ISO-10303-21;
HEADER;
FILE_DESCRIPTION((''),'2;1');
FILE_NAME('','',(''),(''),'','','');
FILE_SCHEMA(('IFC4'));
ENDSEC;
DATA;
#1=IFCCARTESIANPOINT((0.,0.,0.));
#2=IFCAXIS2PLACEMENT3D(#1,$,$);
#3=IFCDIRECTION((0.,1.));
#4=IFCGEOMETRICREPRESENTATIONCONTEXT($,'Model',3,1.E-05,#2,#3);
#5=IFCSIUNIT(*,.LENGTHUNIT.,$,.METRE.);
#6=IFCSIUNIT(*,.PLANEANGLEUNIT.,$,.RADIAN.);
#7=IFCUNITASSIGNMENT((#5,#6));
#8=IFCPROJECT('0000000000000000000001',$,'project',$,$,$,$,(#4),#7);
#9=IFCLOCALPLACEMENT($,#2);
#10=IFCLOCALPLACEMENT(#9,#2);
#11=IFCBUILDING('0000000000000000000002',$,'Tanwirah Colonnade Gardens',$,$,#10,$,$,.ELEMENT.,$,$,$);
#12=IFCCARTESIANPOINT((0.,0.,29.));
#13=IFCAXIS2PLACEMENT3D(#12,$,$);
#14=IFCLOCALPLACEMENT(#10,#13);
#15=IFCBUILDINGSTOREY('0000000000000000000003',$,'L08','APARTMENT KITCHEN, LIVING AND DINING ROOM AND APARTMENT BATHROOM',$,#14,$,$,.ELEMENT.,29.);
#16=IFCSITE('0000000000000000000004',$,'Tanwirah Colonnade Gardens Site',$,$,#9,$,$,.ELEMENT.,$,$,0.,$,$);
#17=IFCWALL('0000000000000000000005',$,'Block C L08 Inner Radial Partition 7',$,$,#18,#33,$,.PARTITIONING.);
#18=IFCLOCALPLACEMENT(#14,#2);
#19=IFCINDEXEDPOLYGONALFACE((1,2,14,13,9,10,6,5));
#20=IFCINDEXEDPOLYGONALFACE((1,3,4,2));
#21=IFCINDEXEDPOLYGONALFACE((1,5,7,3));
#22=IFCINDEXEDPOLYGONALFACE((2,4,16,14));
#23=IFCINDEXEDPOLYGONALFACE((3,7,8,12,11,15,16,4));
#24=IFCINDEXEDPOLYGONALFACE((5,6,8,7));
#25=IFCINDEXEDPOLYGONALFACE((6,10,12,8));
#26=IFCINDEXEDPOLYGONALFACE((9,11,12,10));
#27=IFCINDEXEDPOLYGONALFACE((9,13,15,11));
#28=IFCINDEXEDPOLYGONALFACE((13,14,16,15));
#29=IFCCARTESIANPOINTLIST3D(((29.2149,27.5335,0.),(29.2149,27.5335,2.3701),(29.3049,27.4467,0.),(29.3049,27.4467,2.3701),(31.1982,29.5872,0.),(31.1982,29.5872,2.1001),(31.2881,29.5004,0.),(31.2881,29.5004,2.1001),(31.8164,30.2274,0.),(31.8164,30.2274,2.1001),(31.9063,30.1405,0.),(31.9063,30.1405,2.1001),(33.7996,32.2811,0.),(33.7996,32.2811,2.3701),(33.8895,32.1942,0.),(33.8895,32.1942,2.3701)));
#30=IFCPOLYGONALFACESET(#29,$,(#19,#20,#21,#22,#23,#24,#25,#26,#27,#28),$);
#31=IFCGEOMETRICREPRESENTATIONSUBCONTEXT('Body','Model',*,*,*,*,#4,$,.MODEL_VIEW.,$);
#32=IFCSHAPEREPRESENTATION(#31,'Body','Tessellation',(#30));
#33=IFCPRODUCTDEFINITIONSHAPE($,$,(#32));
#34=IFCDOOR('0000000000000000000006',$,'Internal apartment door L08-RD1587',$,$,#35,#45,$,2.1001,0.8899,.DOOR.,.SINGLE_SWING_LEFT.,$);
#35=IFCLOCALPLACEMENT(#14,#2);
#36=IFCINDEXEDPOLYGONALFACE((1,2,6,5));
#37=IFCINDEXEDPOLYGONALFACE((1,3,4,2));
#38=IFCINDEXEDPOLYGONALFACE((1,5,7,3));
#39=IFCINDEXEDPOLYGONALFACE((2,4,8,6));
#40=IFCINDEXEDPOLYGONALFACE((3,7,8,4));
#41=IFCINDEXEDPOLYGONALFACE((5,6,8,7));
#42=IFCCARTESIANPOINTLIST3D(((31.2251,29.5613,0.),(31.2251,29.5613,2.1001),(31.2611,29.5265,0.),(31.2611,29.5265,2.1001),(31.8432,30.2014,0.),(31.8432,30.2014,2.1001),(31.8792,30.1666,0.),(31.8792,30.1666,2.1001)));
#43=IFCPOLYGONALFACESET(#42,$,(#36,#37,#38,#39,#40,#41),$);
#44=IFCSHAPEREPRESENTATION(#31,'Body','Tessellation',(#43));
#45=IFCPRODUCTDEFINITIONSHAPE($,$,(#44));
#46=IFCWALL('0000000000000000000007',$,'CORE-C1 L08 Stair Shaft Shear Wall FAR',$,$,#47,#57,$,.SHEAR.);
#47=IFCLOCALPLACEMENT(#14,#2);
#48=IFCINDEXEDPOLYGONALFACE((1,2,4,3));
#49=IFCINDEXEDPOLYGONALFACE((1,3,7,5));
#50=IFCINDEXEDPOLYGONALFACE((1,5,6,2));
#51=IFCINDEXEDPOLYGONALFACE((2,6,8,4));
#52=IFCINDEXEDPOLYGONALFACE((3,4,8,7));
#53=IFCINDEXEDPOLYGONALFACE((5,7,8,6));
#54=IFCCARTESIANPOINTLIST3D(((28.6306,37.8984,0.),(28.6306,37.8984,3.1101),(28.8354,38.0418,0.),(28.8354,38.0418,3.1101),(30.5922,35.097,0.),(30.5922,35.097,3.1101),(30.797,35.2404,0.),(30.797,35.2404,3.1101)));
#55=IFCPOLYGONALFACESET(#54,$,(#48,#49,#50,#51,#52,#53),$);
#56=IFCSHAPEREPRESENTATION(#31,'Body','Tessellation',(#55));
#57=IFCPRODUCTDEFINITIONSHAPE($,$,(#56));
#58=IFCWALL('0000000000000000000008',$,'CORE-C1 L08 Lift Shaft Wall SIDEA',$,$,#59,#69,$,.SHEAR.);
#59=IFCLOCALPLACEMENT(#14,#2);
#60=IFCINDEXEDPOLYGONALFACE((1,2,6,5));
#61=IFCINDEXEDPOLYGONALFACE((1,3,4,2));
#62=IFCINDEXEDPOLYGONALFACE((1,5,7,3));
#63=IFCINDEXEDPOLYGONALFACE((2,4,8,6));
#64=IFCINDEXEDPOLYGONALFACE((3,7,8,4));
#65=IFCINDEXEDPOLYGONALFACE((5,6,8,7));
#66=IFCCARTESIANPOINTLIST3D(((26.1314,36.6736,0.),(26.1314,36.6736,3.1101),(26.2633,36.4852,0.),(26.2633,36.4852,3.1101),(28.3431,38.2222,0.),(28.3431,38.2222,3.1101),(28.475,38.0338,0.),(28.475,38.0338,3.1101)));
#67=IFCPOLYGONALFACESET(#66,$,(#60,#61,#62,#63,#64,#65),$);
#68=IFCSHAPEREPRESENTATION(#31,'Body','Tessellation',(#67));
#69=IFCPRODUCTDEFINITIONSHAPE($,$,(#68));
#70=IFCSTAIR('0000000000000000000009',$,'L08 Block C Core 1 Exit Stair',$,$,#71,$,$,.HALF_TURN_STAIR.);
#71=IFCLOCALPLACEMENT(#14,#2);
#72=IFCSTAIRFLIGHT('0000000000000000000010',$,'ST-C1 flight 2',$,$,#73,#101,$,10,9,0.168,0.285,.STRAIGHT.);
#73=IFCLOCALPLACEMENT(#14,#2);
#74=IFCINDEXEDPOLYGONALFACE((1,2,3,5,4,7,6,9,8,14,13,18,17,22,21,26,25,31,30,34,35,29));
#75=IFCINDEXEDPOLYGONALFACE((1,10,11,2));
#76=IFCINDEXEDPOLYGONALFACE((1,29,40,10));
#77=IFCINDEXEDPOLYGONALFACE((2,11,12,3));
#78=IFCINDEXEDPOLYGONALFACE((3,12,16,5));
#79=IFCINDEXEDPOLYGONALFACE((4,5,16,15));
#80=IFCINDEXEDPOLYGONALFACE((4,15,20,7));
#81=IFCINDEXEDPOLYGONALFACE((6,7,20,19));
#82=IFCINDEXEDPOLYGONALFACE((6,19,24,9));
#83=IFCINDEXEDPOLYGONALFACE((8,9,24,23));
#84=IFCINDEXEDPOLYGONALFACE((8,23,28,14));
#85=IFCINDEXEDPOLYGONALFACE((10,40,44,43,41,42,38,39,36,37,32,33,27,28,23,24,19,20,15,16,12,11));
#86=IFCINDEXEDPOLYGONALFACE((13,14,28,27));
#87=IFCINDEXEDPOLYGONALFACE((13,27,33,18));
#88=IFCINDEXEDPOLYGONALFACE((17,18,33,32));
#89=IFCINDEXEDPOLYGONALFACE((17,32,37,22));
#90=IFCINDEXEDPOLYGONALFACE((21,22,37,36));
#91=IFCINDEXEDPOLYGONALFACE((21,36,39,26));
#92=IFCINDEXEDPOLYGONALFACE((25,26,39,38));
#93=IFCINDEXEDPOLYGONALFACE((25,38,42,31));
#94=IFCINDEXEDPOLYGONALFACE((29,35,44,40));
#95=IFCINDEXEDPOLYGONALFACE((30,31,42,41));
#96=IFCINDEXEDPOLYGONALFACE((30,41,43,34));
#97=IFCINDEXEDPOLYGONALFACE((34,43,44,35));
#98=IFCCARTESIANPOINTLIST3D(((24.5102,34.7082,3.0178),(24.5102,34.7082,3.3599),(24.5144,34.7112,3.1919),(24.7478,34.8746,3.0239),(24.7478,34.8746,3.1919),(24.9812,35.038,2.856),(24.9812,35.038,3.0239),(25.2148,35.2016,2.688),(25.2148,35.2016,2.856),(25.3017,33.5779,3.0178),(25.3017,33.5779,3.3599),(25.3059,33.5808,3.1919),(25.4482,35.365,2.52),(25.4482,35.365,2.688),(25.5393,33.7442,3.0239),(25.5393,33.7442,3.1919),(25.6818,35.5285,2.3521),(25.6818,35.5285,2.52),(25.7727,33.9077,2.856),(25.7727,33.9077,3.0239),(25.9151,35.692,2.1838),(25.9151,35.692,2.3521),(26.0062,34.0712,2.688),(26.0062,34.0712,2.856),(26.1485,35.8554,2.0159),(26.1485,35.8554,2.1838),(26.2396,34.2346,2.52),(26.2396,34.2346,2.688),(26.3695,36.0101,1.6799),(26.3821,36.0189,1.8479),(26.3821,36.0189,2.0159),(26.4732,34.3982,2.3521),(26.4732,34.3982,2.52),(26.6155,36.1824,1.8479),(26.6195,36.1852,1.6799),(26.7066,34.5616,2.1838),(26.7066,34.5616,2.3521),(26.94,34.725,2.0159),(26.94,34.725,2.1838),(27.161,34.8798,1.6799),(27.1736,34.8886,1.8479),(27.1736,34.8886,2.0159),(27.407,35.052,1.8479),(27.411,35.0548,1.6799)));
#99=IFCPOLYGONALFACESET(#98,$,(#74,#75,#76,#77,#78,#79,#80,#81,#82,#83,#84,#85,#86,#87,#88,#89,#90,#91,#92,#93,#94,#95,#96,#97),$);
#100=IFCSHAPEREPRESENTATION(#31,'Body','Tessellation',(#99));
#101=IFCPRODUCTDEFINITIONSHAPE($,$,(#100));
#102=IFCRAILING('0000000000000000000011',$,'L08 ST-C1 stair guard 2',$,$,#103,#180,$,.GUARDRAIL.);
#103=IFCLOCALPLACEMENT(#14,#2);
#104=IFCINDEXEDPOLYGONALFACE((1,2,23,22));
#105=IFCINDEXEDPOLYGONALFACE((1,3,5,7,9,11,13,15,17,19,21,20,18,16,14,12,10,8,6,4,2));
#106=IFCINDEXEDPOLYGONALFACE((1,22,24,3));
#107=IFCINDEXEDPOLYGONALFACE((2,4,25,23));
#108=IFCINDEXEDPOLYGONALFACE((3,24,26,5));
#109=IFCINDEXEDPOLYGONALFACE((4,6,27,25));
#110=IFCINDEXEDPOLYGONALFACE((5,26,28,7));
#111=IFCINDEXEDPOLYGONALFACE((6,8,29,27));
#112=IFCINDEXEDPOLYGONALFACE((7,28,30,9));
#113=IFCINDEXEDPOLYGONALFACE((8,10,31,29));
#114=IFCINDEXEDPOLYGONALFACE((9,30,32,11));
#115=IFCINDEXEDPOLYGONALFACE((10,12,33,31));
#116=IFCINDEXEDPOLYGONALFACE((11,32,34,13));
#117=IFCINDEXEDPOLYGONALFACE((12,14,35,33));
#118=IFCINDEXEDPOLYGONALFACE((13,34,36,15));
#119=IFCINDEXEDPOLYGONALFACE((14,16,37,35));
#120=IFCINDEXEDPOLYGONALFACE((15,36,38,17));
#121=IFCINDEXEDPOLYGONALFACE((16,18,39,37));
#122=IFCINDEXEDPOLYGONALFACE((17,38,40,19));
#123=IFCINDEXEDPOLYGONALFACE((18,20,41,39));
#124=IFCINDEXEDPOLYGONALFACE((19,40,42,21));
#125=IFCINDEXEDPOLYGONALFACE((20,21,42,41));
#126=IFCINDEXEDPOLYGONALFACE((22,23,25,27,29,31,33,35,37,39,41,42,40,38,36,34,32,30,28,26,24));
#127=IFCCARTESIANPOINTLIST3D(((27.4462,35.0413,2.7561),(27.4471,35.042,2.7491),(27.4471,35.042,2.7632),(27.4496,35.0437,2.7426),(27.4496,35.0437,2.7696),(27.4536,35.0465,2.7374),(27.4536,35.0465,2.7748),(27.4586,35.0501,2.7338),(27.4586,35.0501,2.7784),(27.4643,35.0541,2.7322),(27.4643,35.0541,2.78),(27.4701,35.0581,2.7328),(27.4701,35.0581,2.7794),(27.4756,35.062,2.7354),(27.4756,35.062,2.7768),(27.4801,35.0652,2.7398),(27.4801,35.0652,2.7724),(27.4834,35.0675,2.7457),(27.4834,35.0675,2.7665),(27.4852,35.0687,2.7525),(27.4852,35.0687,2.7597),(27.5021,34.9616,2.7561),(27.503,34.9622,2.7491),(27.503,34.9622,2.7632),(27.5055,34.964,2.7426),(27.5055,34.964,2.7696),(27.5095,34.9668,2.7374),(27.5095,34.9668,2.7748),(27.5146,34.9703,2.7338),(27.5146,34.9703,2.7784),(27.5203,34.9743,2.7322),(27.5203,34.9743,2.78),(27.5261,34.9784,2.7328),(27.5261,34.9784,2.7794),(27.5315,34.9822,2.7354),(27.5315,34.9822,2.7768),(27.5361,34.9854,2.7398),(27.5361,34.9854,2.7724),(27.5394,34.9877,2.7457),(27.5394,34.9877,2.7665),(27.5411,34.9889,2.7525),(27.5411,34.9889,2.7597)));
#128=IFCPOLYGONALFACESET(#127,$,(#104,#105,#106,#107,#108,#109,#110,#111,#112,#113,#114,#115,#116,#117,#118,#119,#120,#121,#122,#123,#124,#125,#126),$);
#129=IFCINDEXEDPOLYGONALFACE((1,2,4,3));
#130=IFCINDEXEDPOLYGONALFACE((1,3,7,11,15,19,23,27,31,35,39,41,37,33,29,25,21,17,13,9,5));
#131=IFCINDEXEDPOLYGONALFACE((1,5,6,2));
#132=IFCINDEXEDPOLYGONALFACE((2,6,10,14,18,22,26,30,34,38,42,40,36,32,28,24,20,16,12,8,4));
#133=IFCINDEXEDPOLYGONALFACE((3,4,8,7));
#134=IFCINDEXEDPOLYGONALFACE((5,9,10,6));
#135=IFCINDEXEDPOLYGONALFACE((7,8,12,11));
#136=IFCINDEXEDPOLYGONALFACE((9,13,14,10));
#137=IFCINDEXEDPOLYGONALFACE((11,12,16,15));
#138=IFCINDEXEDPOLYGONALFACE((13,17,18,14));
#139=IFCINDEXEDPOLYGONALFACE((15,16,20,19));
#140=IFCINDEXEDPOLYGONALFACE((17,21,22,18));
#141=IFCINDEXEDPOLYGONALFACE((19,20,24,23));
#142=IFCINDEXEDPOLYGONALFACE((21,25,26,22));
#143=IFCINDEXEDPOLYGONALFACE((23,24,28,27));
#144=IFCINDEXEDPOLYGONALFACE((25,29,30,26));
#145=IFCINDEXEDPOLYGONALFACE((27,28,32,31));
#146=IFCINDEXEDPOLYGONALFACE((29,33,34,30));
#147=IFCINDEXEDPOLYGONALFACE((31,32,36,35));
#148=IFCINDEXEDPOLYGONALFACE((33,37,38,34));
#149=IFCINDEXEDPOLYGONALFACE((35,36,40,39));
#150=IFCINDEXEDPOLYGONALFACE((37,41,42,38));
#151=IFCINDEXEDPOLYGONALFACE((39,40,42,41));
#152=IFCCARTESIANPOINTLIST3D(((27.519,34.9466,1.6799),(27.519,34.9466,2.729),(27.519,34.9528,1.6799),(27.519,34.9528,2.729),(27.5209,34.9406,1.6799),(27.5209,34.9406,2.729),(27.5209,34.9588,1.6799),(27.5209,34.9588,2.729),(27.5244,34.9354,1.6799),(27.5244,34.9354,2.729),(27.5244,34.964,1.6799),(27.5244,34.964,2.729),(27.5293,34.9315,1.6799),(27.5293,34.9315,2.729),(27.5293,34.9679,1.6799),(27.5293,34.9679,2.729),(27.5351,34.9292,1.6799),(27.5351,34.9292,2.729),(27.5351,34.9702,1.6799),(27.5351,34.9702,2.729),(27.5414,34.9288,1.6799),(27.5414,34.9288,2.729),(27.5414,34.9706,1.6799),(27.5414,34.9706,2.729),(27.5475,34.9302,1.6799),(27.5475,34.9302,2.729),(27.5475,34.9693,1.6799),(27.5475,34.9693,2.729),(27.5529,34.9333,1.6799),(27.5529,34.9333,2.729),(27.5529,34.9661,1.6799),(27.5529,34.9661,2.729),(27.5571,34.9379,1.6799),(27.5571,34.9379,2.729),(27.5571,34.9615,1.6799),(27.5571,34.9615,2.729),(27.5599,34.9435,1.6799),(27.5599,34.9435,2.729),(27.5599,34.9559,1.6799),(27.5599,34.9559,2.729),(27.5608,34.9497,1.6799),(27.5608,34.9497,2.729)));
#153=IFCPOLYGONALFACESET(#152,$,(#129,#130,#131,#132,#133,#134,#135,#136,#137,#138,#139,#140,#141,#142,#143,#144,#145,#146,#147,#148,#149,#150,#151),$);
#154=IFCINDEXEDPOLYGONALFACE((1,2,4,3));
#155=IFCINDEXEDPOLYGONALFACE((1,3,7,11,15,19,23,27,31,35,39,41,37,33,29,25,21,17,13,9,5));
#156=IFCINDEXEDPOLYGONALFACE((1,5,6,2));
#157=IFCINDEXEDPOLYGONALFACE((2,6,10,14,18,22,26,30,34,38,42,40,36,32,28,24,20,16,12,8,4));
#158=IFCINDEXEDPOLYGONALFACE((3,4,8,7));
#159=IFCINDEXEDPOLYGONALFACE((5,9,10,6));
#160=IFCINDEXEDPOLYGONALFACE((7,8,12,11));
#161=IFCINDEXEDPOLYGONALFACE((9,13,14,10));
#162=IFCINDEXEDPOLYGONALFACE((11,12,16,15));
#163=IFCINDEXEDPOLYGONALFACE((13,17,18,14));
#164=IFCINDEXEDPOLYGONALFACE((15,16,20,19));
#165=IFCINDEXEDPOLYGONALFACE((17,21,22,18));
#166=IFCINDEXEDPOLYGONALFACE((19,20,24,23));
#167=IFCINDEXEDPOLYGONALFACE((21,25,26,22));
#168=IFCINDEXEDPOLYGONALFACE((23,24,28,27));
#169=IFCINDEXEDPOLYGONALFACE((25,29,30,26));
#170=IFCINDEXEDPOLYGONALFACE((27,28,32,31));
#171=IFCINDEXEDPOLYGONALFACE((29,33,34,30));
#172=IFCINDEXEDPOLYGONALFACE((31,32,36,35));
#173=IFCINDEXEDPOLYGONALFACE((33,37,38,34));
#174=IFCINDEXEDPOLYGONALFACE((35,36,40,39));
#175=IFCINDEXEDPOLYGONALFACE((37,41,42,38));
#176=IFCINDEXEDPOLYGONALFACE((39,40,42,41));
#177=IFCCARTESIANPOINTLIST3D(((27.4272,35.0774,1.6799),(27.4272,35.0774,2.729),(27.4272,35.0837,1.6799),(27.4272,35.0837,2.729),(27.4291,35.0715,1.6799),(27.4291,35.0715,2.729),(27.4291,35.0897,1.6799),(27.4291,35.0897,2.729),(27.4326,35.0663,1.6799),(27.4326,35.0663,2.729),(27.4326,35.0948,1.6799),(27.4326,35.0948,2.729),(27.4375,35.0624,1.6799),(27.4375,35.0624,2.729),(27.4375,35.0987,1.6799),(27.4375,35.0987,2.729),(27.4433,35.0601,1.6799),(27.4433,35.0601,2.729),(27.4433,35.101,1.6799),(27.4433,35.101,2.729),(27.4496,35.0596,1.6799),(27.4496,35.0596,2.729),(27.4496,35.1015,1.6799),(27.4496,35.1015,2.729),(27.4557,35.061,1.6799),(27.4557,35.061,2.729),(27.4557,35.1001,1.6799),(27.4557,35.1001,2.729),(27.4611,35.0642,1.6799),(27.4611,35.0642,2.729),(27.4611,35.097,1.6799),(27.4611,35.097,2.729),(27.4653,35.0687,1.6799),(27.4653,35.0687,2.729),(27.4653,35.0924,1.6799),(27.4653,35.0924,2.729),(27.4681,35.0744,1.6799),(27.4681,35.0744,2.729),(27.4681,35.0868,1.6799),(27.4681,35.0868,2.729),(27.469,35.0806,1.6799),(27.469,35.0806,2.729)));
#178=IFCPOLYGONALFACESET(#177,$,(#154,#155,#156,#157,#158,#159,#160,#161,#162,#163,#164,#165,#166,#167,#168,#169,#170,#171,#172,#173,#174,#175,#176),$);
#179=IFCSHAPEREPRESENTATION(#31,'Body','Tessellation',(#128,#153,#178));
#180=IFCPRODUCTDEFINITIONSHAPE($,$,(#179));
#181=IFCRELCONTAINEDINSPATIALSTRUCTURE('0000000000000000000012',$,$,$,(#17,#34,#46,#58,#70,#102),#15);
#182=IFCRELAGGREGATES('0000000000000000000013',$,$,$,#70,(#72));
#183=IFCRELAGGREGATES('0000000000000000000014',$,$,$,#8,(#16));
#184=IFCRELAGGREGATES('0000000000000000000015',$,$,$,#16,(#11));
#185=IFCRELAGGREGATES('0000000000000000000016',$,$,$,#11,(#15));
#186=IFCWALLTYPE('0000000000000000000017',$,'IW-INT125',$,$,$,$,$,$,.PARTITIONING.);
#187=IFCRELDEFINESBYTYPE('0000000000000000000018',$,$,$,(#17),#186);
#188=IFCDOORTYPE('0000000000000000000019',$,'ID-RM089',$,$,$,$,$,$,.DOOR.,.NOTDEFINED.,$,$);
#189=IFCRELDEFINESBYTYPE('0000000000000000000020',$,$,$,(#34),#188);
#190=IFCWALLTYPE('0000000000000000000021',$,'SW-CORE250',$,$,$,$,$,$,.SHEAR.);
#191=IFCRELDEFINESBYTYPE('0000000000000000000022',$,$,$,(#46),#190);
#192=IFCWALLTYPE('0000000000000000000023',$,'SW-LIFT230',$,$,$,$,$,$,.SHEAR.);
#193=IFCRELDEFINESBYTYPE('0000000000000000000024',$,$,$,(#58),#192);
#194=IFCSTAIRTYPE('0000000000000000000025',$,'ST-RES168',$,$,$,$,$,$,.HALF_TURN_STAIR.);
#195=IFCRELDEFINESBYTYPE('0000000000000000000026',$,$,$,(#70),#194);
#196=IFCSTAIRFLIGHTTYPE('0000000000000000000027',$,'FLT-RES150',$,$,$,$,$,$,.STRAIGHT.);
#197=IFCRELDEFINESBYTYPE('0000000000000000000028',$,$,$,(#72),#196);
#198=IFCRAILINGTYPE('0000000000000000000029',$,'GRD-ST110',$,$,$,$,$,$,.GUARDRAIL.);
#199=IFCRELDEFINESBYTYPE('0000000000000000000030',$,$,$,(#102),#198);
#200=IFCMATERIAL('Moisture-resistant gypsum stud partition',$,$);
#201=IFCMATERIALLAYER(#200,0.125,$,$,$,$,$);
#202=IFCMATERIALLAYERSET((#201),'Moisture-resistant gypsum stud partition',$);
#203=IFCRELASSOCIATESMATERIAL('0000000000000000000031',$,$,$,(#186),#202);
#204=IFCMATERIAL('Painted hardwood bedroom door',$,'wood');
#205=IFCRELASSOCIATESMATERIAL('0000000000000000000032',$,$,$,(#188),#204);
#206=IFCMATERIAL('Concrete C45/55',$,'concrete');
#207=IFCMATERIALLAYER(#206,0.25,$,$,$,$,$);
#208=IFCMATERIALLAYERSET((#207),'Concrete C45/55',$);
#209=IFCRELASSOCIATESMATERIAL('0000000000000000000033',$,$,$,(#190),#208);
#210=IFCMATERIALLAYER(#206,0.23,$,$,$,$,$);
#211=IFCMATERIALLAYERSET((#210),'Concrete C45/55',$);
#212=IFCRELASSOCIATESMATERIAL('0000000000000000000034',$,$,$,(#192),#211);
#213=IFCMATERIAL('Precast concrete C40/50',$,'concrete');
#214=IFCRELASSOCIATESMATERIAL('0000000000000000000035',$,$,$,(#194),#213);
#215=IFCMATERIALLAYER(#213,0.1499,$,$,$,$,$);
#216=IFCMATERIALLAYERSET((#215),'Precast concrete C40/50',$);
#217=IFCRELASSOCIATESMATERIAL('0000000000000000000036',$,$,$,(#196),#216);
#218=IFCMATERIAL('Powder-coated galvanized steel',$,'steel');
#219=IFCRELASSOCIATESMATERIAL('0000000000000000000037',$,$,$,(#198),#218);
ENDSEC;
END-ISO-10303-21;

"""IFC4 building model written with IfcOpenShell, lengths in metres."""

from ifc_helpers import new_model, si_unit, direction, frame, frame_2d, origin, origin_2d, place, context, subcontext, project, spatial, polyline, rectangle, circle, outline, extrude, material, layer, layer_set, type_object, element, fill, aggregate, save


model = new_model("IFC4")

# Units and contexts
model_context = context("Model", 3, precision=1e-05, world=origin(), true_north=direction((0.0, 1.0)))
body_context = subcontext(model_context, "Body", "Model", "MODEL_VIEW")
ifc_project = project(units=[si_unit("LENGTHUNIT", "METRE"), si_unit("PLANEANGLEUNIT", "RADIAN")], contexts=[model_context])

# Site, building, storey
site_placement = place(None, origin())
site = spatial("IfcSite", under=ifc_project, at=site_placement, Name="Tanwirah Colonnade Gardens Site", CompositionType="ELEMENT", RefElevation=0.0)
building_placement = place(site_placement, origin())
building = spatial("IfcBuilding", under=site, at=building_placement, Name="Tanwirah Colonnade Gardens", CompositionType="ELEMENT")
storey_placement = place(building_placement, frame((0.0, 0.0, 29.0)))
storey = spatial("IfcBuildingStorey", under=building, at=storey_placement, Name="L08", Description="APARTMENT KITCHEN, LIVING AND DINING ROOM AND APARTMENT BATHROOM", CompositionType="ELEMENT", Elevation=29.0)

# Shared definitions
ifc_material_1 = material(Name="Precast concrete C40/50", Category="concrete")

# Wall, opening, door
ifc_material_2 = material(Name="Moisture-resistant gypsum stud partition")
ifc_layer_1 = layer(ifc_material_2, 0.125)
ifc_layer_set_1 = layer_set([ifc_layer_1], Name="Moisture-resistant gypsum stud partition")
wall_type_1 = type_object("IfcWallType", Name="IW-INT125", PredefinedType="PARTITIONING", material=ifc_layer_set_1)
wall_1_placement = place(storey_placement, frame((33.8445, 32.2375, 0.0), z_axis=(0.0, 0.0, 1.0), x_axis=(-0.694663, -0.719336, 0.0)))
wall_1 = element("IfcWall", 1, at=wall_1_placement, inside=storey, type_object=wall_type_1, Name="Block C L08 Inner Radial Partition 7", PredefinedType="PARTITIONING", context=body_context, shape_type="SweptSolid", body=[
    extrude(rectangle(XDim=6.5999, YDim=0.125, at=frame_2d((3.2998, 0.0))), origin(), (0.0, 0.0, 1.0), 2.3701),
])
opening_1_placement = place(wall_1_placement, frame((2.855, 0.0, 0.0)))
opening_1 = element("IfcOpeningElement", 2, at=opening_1_placement, cuts=wall_1, PredefinedType="OPENING", context=body_context, shape_type="SweptSolid", body=[
    extrude(rectangle(XDim=0.8899, YDim=2.1001, at=frame_2d((0.4448, 1.05))), frame((0.0, 0.0725, 0.0), z_axis=(0.0, -1.0, 0.0), x_axis=(1.0, 0.0, 0.0)), (0.0, 0.0, 1.0), 0.145),
])
ifc_material_3 = material(Name="Painted hardwood bedroom door", Category="wood")
door_type_1 = type_object("IfcDoorType", Name="ID-RM089", OperationType="NOTDEFINED", PredefinedType="DOOR", material=ifc_material_3)
door_1_placement = place(opening_1_placement, origin())
door_1 = element("IfcDoor", 3, at=door_1_placement, inside=storey, type_object=door_type_1, Name="Internal apartment door L08-RD1587", OperationType="SINGLE_SWING_LEFT", OverallHeight=2.1001, OverallWidth=0.8899, PredefinedType="DOOR", context=body_context, shape_type="SweptSolid", body=[
    extrude(rectangle(XDim=0.8899, YDim=2.1001, at=frame_2d((0.4448, 1.05))), frame((0.0, 0.0249, 0.0), z_axis=(0.0, -1.0, 0.0), x_axis=(1.0, 0.0, 0.0)), (0.0, 0.0, 1.0), 0.05),
])
fill(opening_1, door_1)

# Walls
ifc_material_4 = material(Name="Concrete C45/55", Category="concrete")
ifc_layer_2 = layer(ifc_material_4, 0.25)
ifc_layer_set_2 = layer_set([ifc_layer_2], Name="Concrete C45/55")
wall_type_2 = type_object("IfcWallType", Name="SW-CORE250", PredefinedType="SHEAR", material=ifc_layer_set_2)
wall_2_placement = place(storey_placement, frame((30.6946, 35.1687, 0.0), z_axis=(0.0, 0.0, 1.0), x_axis=(-0.573582, 0.819148, 0.0)))
element("IfcWall", 4, at=wall_2_placement, inside=storey, type_object=wall_type_2, Name="CORE-C1 L08 Stair Shaft Shear Wall FAR", PredefinedType="SHEAR", context=body_context, shape_type="SweptSolid", body=[
    extrude(rectangle(XDim=3.4199, YDim=0.25, at=frame_2d((1.71, 0.0))), origin(), (0.0, 0.0, 1.0), 3.1101),
])
ifc_layer_3 = layer(ifc_material_4, 0.23)
ifc_layer_set_3 = layer_set([ifc_layer_3], Name="Concrete C45/55")
wall_type_3 = type_object("IfcWallType", Name="SW-LIFT230", PredefinedType="SHEAR", material=ifc_layer_set_3)
wall_3_placement = place(storey_placement, frame((26.1973, 36.5793, 0.0), z_axis=(0.0, 0.0, 1.0), x_axis=(0.81916, 0.573566, 0.0)))
element("IfcWall", 5, at=wall_3_placement, inside=storey, type_object=wall_type_3, Name="CORE-C1 L08 Lift Shaft Wall SIDEA", PredefinedType="SHEAR", context=body_context, shape_type="SweptSolid", body=[
    extrude(rectangle(XDim=2.7, YDim=0.23, at=frame_2d((1.3501, 0.0))), origin(), (0.0, 0.0, 1.0), 3.1101),
])

# Stair, stair flight
stair_type = type_object("IfcStairType", Name="ST-RES168", PredefinedType="HALF_TURN_STAIR", material=ifc_material_1)
stair_placement = place(storey_placement, origin())
stair = element("IfcStair", 6, at=stair_placement, inside=storey, type_object=stair_type, Name="L08 Block C Core 1 Exit Stair", PredefinedType="HALF_TURN_STAIR")
ifc_layer_4 = layer(ifc_material_1, 0.1499)
ifc_layer_set_4 = layer_set([ifc_layer_4], Name="Precast concrete C40/50")
stair_flight_type = type_object("IfcStairFlightType", Name="FLT-RES150", PredefinedType="STRAIGHT", material=ifc_layer_set_4)
stair_flight_placement = place(storey_placement, frame((27.0112, 35.6172, 1.6799), z_axis=(0.0, 0.0, 1.0), x_axis=(-0.819152, -0.573576, 0.0)))
stair_flight = element("IfcStairFlight", 7, at=stair_flight_placement, type_object=stair_flight_type, Name="ST-C1 flight 2", NumberOfRisers=10, NumberOfTreads=9, PredefinedType="STRAIGHT", RiserHeight=0.168, TreadLength=0.285, context=body_context, shape_type="SweptSolid", body=[
    extrude(outline(polyline([(-0.0049, 0.0), (0.0, 0.168), (0.2849, 0.168), (0.2849, 0.3359), (0.5701, 0.3359), (0.5701, 0.5039), (0.855, 0.5039), (0.855, 0.6721), (1.1399, 0.6721), (1.1399, 0.8401), (1.425, 0.8401), (1.425, 1.0081), (1.71, 1.0081), (1.71, 1.176), (1.9951, 1.176), (1.9951, 1.344), (2.28, 1.344), (2.28, 1.512), (2.5649, 1.512), (2.5701, 1.6799), (2.5701, 1.3379), (0.3003, 0.0), (-0.0049, 0.0)])), frame((0.0, 0.6899, 0.0), z_axis=(0.0, -1.0, 0.0), x_axis=(1.0, 0.0, 0.0)), (0.0, 0.0, 1.0), 1.3799),
])
aggregate(stair, [stair_flight])

# Railing
ifc_material_5 = material(Name="Powder-coated galvanized steel", Category="steel")
railing_type_1 = type_object("IfcRailingType", Name="GRD-ST110", PredefinedType="GUARDRAIL", material=ifc_material_5)
railing_1_placement = place(storey_placement, frame((27.5398, 34.9497, 1.6799)))
element("IfcRailing", 8, at=railing_1_placement, inside=storey, type_object=railing_type_1, Name="L08 ST-C1 stair guard 2", PredefinedType="GUARDRAIL", context=body_context, shape_type="SweptSolid", body=[
    extrude(circle(Radius=0.0239, at=origin_2d()), frame((-0.0181, 0.0256, 1.0762), z_axis=(-0.574282, 0.818657, 0.0), x_axis=(-0.818657, -0.574282, 0.0)), (0.0, 0.0, 1.0), 0.0974),
    extrude(circle(Radius=0.021, at=origin_2d()), origin(), (0.0, 0.0, 1.0), 1.0491),
    extrude(circle(Radius=0.021, at=origin_2d()), frame((-0.0918, 0.1309, 0.0)), (0.0, 0.0, 1.0), 1.0491),
])

save(model, "model.ifc")
